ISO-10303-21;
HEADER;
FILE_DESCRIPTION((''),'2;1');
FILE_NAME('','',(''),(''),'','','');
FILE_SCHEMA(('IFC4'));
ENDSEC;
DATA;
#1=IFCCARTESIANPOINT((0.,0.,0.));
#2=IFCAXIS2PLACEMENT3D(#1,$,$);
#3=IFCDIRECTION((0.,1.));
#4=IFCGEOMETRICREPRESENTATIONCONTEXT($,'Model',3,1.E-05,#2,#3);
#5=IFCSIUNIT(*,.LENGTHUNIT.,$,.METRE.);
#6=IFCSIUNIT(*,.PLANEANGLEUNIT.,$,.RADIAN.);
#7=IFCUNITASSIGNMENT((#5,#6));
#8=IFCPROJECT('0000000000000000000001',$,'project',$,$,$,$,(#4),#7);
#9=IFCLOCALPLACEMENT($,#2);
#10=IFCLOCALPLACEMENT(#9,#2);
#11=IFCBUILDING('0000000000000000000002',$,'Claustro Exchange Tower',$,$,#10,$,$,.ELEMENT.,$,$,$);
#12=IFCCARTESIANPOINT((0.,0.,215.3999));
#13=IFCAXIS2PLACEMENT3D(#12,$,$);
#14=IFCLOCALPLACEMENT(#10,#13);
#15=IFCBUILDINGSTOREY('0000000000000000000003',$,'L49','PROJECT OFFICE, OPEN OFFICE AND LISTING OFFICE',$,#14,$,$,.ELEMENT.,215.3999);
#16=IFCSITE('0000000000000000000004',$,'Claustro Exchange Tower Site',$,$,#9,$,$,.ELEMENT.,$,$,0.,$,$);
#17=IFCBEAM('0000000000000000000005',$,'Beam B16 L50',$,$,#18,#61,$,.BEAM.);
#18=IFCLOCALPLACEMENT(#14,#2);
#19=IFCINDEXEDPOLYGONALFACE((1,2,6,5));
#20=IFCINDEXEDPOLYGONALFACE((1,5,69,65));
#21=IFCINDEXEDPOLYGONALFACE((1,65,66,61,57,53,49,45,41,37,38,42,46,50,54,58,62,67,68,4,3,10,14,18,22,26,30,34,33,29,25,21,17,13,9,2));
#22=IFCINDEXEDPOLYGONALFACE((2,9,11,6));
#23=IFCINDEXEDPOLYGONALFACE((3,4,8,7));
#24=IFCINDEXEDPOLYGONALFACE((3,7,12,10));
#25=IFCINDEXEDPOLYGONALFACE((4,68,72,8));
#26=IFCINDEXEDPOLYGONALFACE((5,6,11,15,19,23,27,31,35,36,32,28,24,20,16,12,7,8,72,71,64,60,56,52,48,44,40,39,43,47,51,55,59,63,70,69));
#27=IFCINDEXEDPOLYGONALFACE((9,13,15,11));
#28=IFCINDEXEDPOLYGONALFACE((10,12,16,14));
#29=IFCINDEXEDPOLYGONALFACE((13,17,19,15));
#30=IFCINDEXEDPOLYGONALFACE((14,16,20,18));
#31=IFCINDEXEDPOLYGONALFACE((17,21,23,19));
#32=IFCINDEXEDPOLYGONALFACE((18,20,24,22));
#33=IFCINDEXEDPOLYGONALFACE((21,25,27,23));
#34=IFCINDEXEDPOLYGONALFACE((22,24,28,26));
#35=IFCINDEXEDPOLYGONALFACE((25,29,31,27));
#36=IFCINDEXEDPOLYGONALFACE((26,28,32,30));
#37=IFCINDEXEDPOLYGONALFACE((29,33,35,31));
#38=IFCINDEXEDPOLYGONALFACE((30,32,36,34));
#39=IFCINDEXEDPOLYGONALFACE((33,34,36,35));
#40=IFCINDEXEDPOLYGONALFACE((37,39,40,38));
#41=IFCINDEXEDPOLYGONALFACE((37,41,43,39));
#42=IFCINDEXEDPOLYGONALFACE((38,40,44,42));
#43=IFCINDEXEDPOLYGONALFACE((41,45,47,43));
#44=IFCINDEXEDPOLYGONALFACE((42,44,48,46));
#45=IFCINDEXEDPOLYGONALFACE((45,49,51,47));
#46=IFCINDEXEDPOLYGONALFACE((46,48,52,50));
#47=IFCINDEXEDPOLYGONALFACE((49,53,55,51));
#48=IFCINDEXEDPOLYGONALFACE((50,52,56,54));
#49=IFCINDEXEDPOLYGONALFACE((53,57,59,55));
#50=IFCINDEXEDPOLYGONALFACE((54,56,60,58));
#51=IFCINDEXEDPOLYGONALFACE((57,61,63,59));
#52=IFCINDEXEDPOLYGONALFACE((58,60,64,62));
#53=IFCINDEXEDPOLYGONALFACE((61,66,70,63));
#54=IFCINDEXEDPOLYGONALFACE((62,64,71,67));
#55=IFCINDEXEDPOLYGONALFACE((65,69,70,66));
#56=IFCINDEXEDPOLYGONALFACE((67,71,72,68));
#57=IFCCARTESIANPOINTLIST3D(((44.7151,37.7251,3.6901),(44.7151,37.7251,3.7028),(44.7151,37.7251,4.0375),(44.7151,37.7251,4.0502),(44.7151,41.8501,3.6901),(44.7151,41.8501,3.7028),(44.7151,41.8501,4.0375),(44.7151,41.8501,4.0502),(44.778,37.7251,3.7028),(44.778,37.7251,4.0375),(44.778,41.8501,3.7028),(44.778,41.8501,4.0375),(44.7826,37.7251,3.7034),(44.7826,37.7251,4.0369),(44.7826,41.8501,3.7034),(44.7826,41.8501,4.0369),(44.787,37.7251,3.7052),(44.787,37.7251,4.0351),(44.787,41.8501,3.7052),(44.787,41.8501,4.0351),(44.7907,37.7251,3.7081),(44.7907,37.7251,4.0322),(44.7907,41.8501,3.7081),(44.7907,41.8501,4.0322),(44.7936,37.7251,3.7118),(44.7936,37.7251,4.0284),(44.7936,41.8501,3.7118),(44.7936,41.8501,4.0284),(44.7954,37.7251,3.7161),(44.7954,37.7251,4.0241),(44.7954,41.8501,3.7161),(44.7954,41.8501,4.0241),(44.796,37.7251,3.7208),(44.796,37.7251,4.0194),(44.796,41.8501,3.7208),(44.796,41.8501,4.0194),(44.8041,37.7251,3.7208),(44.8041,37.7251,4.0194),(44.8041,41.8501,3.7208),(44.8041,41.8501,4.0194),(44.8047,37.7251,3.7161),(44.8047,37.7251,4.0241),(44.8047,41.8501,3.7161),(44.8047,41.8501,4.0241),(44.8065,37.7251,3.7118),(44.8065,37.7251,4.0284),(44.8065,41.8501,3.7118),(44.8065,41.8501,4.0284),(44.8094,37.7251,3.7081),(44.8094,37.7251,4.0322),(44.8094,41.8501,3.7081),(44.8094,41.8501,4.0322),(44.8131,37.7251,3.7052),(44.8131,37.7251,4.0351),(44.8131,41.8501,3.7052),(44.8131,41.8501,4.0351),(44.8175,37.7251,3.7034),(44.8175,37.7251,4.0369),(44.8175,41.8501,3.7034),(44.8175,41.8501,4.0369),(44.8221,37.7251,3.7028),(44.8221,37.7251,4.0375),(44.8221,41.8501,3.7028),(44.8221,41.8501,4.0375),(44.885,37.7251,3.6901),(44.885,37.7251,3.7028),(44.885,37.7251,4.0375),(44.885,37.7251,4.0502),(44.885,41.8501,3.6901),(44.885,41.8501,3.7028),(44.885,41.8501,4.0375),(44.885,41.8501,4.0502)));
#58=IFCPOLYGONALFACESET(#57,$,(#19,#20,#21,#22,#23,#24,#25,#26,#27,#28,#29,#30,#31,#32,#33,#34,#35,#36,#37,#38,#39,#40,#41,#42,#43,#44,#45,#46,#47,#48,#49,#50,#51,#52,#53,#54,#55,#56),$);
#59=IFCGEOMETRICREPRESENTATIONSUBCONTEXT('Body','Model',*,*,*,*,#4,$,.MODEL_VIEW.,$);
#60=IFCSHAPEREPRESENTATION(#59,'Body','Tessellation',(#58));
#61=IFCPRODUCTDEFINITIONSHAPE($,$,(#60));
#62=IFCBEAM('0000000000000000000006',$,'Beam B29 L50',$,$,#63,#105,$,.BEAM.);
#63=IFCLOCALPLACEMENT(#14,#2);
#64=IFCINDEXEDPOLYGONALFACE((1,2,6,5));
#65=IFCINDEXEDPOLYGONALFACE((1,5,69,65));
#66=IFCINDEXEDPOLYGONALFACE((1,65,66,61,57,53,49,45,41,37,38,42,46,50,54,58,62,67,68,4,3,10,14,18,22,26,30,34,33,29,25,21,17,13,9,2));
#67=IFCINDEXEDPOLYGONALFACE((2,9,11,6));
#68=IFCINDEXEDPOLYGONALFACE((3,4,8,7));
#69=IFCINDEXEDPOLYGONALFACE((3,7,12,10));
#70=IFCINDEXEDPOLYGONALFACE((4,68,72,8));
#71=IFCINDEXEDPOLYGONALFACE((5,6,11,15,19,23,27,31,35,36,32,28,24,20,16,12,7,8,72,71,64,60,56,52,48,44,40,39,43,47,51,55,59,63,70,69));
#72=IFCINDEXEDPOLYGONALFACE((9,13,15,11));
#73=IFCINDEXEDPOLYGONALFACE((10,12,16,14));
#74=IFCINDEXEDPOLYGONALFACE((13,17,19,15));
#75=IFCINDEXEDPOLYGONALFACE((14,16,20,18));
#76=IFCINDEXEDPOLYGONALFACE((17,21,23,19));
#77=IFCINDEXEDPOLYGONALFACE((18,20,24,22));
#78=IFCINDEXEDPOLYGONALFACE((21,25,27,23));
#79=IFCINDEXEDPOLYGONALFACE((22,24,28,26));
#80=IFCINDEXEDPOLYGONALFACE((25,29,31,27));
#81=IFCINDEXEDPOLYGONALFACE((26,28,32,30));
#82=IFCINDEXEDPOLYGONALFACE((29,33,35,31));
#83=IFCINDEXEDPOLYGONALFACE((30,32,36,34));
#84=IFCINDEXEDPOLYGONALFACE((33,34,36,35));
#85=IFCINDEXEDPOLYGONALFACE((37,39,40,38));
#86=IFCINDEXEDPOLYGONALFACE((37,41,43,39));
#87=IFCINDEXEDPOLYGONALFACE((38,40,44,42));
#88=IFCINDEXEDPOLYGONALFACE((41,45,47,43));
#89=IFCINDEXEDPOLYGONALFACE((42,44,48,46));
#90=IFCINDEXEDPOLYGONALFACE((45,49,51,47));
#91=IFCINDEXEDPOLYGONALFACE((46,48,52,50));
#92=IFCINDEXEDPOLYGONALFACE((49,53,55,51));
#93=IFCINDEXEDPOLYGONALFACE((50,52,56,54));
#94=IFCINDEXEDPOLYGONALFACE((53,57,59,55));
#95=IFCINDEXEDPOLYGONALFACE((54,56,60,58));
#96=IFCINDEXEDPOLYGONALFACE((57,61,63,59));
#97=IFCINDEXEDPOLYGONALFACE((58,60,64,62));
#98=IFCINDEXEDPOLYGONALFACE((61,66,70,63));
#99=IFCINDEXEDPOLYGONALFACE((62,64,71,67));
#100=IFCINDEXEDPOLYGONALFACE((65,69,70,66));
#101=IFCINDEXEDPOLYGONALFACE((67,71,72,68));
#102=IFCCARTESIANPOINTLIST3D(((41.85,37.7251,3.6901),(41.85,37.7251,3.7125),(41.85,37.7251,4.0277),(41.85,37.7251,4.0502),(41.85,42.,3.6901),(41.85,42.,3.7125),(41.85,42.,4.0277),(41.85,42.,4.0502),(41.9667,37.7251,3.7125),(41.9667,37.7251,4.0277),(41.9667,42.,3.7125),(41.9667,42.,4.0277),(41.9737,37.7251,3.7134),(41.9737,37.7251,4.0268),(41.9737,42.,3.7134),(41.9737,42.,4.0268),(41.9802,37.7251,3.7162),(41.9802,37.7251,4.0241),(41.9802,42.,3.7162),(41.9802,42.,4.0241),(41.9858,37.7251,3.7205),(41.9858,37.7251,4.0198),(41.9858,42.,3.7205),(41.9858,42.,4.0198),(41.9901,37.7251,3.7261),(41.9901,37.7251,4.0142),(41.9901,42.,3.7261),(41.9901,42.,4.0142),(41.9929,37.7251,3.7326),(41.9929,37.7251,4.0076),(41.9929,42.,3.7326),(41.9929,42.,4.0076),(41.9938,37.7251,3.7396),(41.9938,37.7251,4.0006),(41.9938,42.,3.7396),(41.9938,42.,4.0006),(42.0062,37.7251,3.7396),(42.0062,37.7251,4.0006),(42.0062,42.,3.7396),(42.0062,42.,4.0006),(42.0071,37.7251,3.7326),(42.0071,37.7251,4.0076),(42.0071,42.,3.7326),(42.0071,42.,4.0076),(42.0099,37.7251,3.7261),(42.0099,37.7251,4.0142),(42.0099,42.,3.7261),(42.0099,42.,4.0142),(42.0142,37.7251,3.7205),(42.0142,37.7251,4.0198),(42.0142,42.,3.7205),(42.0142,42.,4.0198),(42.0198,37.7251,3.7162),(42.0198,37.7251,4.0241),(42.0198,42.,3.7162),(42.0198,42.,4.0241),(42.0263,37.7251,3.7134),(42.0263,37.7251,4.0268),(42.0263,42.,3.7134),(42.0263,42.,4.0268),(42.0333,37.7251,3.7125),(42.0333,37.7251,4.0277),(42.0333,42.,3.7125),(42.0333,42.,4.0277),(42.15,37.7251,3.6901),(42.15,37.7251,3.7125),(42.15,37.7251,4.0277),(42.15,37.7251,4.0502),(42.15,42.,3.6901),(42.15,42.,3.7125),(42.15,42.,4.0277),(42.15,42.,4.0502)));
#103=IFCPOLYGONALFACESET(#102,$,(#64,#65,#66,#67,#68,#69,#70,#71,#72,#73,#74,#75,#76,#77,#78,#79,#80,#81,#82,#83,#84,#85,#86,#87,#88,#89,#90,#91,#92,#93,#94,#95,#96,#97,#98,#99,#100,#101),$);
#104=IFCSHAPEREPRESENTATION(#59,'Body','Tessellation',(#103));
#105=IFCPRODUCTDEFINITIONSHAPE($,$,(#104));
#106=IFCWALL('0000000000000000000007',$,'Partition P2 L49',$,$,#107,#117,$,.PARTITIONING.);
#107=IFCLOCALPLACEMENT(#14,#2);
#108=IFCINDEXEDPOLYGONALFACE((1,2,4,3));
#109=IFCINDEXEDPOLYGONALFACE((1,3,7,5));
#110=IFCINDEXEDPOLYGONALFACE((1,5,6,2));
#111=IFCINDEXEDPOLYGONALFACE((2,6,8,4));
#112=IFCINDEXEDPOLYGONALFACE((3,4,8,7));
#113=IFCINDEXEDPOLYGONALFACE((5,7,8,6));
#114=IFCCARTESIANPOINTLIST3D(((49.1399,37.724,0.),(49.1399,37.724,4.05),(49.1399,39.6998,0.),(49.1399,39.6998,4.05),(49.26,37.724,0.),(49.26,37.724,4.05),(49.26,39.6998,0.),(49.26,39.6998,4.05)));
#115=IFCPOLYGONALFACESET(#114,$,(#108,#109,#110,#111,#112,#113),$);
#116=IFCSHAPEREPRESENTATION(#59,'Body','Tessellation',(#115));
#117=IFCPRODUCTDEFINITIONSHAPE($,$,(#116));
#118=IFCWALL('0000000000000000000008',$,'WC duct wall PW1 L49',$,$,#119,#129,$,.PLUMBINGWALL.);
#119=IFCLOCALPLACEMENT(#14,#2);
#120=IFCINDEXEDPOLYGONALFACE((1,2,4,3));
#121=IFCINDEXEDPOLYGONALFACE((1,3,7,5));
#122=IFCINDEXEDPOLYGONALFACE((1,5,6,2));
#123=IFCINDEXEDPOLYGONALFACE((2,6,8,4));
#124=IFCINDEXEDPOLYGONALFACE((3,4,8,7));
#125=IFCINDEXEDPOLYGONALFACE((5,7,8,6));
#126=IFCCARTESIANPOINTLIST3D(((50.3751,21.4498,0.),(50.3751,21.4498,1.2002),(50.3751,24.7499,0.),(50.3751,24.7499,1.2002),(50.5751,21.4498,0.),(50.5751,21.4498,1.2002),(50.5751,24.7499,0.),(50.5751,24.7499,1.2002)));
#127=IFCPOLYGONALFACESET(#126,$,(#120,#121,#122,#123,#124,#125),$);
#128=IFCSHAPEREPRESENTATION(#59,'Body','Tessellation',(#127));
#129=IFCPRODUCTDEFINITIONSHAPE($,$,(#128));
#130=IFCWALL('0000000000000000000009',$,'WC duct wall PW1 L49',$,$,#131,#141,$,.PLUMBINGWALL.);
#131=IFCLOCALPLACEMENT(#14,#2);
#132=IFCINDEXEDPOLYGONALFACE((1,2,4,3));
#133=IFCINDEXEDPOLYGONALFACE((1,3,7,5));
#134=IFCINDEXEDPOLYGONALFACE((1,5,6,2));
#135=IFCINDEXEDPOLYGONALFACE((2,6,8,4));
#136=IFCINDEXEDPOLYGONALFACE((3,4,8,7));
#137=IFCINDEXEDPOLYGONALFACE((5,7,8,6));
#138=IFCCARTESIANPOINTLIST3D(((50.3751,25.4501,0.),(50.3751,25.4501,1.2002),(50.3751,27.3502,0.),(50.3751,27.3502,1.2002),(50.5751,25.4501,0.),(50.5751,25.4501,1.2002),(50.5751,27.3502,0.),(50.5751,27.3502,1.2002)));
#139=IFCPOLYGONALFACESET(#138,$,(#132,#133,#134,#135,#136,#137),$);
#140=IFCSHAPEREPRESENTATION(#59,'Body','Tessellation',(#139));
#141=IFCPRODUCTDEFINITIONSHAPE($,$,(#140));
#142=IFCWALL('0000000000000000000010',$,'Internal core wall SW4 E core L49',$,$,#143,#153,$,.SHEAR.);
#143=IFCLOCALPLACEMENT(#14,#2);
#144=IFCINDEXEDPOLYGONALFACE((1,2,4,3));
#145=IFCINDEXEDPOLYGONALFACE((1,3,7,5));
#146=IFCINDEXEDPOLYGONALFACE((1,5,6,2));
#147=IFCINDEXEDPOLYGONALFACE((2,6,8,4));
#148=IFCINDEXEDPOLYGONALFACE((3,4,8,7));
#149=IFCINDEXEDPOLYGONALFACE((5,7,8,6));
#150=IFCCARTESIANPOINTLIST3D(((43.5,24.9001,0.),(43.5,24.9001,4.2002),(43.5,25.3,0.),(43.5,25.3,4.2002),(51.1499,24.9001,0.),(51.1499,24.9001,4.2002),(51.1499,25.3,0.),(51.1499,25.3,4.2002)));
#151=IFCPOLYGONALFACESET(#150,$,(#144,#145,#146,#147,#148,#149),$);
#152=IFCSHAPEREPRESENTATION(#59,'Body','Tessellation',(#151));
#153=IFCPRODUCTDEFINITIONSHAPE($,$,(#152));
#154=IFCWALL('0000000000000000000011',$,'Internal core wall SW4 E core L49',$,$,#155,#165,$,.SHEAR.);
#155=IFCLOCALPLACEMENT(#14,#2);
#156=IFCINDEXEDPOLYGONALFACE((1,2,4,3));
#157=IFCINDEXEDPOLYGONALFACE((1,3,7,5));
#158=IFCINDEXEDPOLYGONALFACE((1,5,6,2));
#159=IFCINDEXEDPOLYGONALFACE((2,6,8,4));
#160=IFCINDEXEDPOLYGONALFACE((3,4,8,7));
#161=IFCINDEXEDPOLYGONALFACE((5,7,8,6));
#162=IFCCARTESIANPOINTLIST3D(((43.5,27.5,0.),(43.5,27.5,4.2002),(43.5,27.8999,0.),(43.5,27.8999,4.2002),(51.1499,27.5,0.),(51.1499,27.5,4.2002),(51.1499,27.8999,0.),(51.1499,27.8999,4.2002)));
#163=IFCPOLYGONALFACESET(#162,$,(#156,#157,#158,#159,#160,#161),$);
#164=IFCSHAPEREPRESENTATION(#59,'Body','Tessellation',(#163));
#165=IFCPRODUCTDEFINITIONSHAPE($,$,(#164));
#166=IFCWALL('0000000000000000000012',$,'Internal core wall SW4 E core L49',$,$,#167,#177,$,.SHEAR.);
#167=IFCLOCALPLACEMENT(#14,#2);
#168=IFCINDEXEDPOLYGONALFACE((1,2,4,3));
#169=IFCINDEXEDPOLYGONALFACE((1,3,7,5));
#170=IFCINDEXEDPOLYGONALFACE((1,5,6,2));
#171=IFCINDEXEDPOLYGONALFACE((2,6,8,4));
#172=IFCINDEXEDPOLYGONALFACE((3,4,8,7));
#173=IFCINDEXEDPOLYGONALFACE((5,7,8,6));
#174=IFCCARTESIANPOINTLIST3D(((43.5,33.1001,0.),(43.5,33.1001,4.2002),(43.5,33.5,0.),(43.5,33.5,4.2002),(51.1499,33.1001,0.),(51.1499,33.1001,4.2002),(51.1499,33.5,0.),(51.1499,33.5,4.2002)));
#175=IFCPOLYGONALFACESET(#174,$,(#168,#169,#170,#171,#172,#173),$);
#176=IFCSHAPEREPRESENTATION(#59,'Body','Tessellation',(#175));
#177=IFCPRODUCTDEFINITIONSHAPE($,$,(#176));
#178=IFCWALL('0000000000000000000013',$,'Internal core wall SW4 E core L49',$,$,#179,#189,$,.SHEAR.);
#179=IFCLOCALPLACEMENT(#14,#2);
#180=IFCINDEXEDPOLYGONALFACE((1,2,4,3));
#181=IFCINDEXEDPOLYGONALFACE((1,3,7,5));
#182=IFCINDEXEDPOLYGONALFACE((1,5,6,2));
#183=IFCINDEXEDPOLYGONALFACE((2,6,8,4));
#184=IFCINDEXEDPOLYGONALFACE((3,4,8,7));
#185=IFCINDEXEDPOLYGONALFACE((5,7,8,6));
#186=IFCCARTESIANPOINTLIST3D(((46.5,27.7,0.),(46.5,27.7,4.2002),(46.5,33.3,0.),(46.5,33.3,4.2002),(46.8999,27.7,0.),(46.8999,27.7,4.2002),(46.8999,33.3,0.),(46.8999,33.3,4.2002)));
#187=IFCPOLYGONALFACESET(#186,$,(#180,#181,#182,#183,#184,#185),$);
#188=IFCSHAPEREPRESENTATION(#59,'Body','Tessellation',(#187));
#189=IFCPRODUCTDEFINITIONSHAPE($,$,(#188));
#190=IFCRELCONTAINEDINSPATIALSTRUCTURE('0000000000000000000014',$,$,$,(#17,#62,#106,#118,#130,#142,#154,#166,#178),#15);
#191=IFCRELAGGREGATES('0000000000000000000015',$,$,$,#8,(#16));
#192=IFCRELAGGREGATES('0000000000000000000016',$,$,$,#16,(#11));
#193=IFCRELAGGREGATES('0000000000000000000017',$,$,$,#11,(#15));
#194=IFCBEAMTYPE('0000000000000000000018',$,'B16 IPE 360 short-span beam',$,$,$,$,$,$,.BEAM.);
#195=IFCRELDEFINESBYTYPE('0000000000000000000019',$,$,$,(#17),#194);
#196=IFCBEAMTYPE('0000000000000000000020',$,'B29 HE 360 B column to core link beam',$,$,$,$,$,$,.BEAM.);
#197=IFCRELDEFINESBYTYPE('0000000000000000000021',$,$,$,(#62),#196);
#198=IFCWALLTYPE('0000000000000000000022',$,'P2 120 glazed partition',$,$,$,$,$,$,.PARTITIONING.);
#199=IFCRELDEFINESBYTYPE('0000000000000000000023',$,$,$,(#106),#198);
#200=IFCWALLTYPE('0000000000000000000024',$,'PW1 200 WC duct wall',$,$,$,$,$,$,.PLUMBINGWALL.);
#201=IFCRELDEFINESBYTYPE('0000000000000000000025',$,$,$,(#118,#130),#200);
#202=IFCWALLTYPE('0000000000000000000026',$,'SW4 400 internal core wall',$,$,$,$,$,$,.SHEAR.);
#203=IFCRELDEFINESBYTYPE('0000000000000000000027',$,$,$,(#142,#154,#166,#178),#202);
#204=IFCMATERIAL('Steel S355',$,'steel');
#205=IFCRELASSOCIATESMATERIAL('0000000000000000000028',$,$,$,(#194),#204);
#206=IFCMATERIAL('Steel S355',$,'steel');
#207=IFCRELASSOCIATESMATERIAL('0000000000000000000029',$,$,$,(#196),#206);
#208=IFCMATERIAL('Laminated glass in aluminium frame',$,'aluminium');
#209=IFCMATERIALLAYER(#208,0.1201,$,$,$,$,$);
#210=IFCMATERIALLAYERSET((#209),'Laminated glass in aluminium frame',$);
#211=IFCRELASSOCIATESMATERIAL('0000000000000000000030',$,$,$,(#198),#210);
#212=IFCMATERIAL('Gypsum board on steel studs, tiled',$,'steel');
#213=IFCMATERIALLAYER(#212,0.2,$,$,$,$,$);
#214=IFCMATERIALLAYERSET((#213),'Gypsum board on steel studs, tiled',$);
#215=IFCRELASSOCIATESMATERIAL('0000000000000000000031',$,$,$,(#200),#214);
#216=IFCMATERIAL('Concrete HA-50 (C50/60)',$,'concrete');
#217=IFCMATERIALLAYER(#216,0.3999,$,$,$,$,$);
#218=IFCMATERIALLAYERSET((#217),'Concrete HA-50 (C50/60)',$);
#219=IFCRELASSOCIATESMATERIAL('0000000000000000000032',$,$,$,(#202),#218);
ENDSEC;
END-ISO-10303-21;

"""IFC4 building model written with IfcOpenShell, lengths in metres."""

from ifc_helpers import new_model, si_unit, direction, frame, frame_2d, origin, origin_2d, place, context, subcontext, project, spatial, rectangle, i_section, extrude, material, layer, layer_set, material_profile, profile_set, type_object, element, save


model = new_model("IFC4")

# Units and contexts
model_context = context("Model", 3, precision=1e-05, world=origin(), true_north=direction((0.0, 1.0)))
body_context = subcontext(model_context, "Body", "Model", "MODEL_VIEW")
ifc_project = project(units=[si_unit("LENGTHUNIT", "METRE"), si_unit("PLANEANGLEUNIT", "RADIAN")], contexts=[model_context])

# Site, building, storey
site_placement = place(None, origin())
site = spatial("IfcSite", under=ifc_project, at=site_placement, Name="Claustro Exchange Tower Site", CompositionType="ELEMENT", RefElevation=0.0)
building_placement = place(site_placement, origin())
building = spatial("IfcBuilding", under=site, at=building_placement, Name="Claustro Exchange Tower", CompositionType="ELEMENT")
storey_placement = place(building_placement, frame((0.0, 0.0, 215.3999)))
storey = spatial("IfcBuildingStorey", under=building, at=storey_placement, Name="L49", Description="PROJECT OFFICE, OPEN OFFICE AND LISTING OFFICE", CompositionType="ELEMENT", Elevation=215.3999)

# Beams
ifc_material_1 = material(Name="Steel S355", Category="steel")
ifc_material_profile_1 = material_profile(ifc_material_1, i_section(OverallWidth=0.1699, OverallDepth=0.3601, WebThickness=0.0081, FlangeThickness=0.0127, FilletRadius=0.0181, at=origin_2d()), Name="IPE 360")
ifc_profile_set_1 = profile_set([ifc_material_profile_1], Name="Steel S355")
beam_type_1 = type_object("IfcBeamType", Name="B16 IPE 360 short-span beam", PredefinedType="BEAM", material=ifc_profile_set_1)
beam_1_placement = place(storey_placement, frame((44.8, 37.7251, 3.8701), z_axis=(0.0, 1.0, 0.0), x_axis=(-1.0, 0.0, 0.0)))
element("IfcBeam", 1, at=beam_1_placement, inside=storey, type_object=beam_type_1, Name="Beam B16 L50", PredefinedType="BEAM", context=body_context, shape_type="SweptSolid", body=[
    extrude(i_section(OverallWidth=0.1699, OverallDepth=0.3601, WebThickness=0.0081, FlangeThickness=0.0127, FilletRadius=0.0181, at=origin_2d()), origin(), (0.0, 0.0, 1.0), 4.125),
])
ifc_material_2 = material(Name="Steel S355", Category="steel")
ifc_material_profile_2 = material_profile(ifc_material_2, i_section(OverallWidth=0.3, OverallDepth=0.3601, WebThickness=0.0125, FlangeThickness=0.0225, FilletRadius=0.0271, at=origin_2d()), Name="HE 360 B")
ifc_profile_set_2 = profile_set([ifc_material_profile_2], Name="Steel S355")
beam_type_2 = type_object("IfcBeamType", Name="B29 HE 360 B column to core link beam", PredefinedType="BEAM", material=ifc_profile_set_2)
beam_2_placement = place(storey_placement, frame((42.0, 37.7251, 3.8701), z_axis=(0.0, 1.0, 0.0), x_axis=(-1.0, 0.0, 0.0)))
element("IfcBeam", 2, at=beam_2_placement, inside=storey, type_object=beam_type_2, Name="Beam B29 L50", PredefinedType="BEAM", context=body_context, shape_type="SweptSolid", body=[
    extrude(i_section(OverallWidth=0.3, OverallDepth=0.3601, WebThickness=0.0125, FlangeThickness=0.0225, FilletRadius=0.0271, at=origin_2d()), origin(), (0.0, 0.0, 1.0), 4.2749),
])

# Shared definitions
ifc_material_3 = material(Name="Laminated glass in aluminium frame", Category="aluminium")
ifc_layer_1 = layer(ifc_material_3, 0.1201)
ifc_layer_set_1 = layer_set([ifc_layer_1], Name="Laminated glass in aluminium frame")
wall_type_1 = type_object("IfcWallType", Name="P2 120 glazed partition", PredefinedType="PARTITIONING", material=ifc_layer_set_1)

# Walls
wall_1_placement = place(storey_placement, frame((49.2, 37.7241, 0.0), z_axis=(0.0, 0.0, 1.0), x_axis=(0.0, 1.0, 0.0)))
element("IfcWall", 3, at=wall_1_placement, inside=storey, type_object=wall_type_1, Name="Partition P2 L49", PredefinedType="PARTITIONING", context=body_context, shape_type="SweptSolid", body=[
    extrude(rectangle(XDim=1.9758, YDim=0.1201, at=frame_2d((0.9878, 0.0))), origin(), (0.0, 0.0, 1.0), 4.05),
])
ifc_material_4 = material(Name="Gypsum board on steel studs, tiled", Category="steel")
ifc_layer_2 = layer(ifc_material_4, 0.2)
ifc_layer_set_2 = layer_set([ifc_layer_2], Name="Gypsum board on steel studs, tiled")
wall_type_2 = type_object("IfcWallType", Name="PW1 200 WC duct wall", PredefinedType="PLUMBINGWALL", material=ifc_layer_set_2)
wall_2_placement = place(storey_placement, frame((50.4751, 21.45, 0.0), z_axis=(0.0, 0.0, 1.0), x_axis=(0.0, 1.0, 0.0)))
element("IfcWall", 4, at=wall_2_placement, inside=storey, type_object=wall_type_2, Name="WC duct wall PW1 L49", PredefinedType="PLUMBINGWALL", context=body_context, shape_type="SweptSolid", body=[
    extrude(rectangle(XDim=3.3, YDim=0.2, at=frame_2d((1.6499, 0.0))), origin(), (0.0, 0.0, 1.0), 1.2002),
])
wall_3_placement = place(storey_placement, frame((50.4751, 25.45, 0.0), z_axis=(0.0, 0.0, 1.0), x_axis=(0.0, 1.0, 0.0)))
element("IfcWall", 5, at=wall_3_placement, inside=storey, type_object=wall_type_2, Name="WC duct wall PW1 L49", PredefinedType="PLUMBINGWALL", context=body_context, shape_type="SweptSolid", body=[
    extrude(rectangle(XDim=1.9001, YDim=0.2, at=frame_2d((0.9502, 0.0))), origin(), (0.0, 0.0, 1.0), 1.2002),
])
ifc_material_5 = material(Name="Concrete HA-50 (C50/60)", Category="concrete")
ifc_layer_3 = layer(ifc_material_5, 0.3999)
ifc_layer_set_3 = layer_set([ifc_layer_3], Name="Concrete HA-50 (C50/60)")
wall_type_3 = type_object("IfcWallType", Name="SW4 400 internal core wall", PredefinedType="SHEAR", material=ifc_layer_set_3)
for number, where, z_axis, x_axis, name in (
    (6, (51.1499, 25.1001, 0.0), (0.0, 0.0, 1.0), (-1.0, 0.0, 0.0), "Internal core wall SW4 E core L49"),
    (7, (51.1499, 27.7, 0.0), (0.0, 0.0, 1.0), (-1.0, 0.0, 0.0), "Internal core wall SW4 E core L49"),
    (8, (51.1499, 33.3, 0.0), (0.0, 0.0, 1.0), (-1.0, 0.0, 0.0), "Internal core wall SW4 E core L49"),
):
    element("IfcWall", number, at=place(storey_placement, frame(where, z_axis=z_axis, x_axis=x_axis)), inside=storey, type_object=wall_type_3, Name=name, PredefinedType="SHEAR", context=body_context, shape_type="SweptSolid", body=[
        extrude(rectangle(XDim=7.6499, YDim=0.3999, at=frame_2d((3.825, 0.0))), origin(), (0.0, 0.0, 1.0), 4.2002),
    ])
wall_4_placement = place(storey_placement, frame((46.7, 27.7, 0.0), z_axis=(0.0, 0.0, 1.0), x_axis=(0.0, 1.0, 0.0)))
element("IfcWall", 9, at=wall_4_placement, inside=storey, type_object=wall_type_3, Name="Internal core wall SW4 E core L49", PredefinedType="SHEAR", context=body_context, shape_type="SweptSolid", body=[
    extrude(rectangle(XDim=5.6001, YDim=0.3999, at=frame_2d((2.8, 0.0))), origin(), (0.0, 0.0, 1.0), 4.2002),
])

save(model, "model.ifc")
